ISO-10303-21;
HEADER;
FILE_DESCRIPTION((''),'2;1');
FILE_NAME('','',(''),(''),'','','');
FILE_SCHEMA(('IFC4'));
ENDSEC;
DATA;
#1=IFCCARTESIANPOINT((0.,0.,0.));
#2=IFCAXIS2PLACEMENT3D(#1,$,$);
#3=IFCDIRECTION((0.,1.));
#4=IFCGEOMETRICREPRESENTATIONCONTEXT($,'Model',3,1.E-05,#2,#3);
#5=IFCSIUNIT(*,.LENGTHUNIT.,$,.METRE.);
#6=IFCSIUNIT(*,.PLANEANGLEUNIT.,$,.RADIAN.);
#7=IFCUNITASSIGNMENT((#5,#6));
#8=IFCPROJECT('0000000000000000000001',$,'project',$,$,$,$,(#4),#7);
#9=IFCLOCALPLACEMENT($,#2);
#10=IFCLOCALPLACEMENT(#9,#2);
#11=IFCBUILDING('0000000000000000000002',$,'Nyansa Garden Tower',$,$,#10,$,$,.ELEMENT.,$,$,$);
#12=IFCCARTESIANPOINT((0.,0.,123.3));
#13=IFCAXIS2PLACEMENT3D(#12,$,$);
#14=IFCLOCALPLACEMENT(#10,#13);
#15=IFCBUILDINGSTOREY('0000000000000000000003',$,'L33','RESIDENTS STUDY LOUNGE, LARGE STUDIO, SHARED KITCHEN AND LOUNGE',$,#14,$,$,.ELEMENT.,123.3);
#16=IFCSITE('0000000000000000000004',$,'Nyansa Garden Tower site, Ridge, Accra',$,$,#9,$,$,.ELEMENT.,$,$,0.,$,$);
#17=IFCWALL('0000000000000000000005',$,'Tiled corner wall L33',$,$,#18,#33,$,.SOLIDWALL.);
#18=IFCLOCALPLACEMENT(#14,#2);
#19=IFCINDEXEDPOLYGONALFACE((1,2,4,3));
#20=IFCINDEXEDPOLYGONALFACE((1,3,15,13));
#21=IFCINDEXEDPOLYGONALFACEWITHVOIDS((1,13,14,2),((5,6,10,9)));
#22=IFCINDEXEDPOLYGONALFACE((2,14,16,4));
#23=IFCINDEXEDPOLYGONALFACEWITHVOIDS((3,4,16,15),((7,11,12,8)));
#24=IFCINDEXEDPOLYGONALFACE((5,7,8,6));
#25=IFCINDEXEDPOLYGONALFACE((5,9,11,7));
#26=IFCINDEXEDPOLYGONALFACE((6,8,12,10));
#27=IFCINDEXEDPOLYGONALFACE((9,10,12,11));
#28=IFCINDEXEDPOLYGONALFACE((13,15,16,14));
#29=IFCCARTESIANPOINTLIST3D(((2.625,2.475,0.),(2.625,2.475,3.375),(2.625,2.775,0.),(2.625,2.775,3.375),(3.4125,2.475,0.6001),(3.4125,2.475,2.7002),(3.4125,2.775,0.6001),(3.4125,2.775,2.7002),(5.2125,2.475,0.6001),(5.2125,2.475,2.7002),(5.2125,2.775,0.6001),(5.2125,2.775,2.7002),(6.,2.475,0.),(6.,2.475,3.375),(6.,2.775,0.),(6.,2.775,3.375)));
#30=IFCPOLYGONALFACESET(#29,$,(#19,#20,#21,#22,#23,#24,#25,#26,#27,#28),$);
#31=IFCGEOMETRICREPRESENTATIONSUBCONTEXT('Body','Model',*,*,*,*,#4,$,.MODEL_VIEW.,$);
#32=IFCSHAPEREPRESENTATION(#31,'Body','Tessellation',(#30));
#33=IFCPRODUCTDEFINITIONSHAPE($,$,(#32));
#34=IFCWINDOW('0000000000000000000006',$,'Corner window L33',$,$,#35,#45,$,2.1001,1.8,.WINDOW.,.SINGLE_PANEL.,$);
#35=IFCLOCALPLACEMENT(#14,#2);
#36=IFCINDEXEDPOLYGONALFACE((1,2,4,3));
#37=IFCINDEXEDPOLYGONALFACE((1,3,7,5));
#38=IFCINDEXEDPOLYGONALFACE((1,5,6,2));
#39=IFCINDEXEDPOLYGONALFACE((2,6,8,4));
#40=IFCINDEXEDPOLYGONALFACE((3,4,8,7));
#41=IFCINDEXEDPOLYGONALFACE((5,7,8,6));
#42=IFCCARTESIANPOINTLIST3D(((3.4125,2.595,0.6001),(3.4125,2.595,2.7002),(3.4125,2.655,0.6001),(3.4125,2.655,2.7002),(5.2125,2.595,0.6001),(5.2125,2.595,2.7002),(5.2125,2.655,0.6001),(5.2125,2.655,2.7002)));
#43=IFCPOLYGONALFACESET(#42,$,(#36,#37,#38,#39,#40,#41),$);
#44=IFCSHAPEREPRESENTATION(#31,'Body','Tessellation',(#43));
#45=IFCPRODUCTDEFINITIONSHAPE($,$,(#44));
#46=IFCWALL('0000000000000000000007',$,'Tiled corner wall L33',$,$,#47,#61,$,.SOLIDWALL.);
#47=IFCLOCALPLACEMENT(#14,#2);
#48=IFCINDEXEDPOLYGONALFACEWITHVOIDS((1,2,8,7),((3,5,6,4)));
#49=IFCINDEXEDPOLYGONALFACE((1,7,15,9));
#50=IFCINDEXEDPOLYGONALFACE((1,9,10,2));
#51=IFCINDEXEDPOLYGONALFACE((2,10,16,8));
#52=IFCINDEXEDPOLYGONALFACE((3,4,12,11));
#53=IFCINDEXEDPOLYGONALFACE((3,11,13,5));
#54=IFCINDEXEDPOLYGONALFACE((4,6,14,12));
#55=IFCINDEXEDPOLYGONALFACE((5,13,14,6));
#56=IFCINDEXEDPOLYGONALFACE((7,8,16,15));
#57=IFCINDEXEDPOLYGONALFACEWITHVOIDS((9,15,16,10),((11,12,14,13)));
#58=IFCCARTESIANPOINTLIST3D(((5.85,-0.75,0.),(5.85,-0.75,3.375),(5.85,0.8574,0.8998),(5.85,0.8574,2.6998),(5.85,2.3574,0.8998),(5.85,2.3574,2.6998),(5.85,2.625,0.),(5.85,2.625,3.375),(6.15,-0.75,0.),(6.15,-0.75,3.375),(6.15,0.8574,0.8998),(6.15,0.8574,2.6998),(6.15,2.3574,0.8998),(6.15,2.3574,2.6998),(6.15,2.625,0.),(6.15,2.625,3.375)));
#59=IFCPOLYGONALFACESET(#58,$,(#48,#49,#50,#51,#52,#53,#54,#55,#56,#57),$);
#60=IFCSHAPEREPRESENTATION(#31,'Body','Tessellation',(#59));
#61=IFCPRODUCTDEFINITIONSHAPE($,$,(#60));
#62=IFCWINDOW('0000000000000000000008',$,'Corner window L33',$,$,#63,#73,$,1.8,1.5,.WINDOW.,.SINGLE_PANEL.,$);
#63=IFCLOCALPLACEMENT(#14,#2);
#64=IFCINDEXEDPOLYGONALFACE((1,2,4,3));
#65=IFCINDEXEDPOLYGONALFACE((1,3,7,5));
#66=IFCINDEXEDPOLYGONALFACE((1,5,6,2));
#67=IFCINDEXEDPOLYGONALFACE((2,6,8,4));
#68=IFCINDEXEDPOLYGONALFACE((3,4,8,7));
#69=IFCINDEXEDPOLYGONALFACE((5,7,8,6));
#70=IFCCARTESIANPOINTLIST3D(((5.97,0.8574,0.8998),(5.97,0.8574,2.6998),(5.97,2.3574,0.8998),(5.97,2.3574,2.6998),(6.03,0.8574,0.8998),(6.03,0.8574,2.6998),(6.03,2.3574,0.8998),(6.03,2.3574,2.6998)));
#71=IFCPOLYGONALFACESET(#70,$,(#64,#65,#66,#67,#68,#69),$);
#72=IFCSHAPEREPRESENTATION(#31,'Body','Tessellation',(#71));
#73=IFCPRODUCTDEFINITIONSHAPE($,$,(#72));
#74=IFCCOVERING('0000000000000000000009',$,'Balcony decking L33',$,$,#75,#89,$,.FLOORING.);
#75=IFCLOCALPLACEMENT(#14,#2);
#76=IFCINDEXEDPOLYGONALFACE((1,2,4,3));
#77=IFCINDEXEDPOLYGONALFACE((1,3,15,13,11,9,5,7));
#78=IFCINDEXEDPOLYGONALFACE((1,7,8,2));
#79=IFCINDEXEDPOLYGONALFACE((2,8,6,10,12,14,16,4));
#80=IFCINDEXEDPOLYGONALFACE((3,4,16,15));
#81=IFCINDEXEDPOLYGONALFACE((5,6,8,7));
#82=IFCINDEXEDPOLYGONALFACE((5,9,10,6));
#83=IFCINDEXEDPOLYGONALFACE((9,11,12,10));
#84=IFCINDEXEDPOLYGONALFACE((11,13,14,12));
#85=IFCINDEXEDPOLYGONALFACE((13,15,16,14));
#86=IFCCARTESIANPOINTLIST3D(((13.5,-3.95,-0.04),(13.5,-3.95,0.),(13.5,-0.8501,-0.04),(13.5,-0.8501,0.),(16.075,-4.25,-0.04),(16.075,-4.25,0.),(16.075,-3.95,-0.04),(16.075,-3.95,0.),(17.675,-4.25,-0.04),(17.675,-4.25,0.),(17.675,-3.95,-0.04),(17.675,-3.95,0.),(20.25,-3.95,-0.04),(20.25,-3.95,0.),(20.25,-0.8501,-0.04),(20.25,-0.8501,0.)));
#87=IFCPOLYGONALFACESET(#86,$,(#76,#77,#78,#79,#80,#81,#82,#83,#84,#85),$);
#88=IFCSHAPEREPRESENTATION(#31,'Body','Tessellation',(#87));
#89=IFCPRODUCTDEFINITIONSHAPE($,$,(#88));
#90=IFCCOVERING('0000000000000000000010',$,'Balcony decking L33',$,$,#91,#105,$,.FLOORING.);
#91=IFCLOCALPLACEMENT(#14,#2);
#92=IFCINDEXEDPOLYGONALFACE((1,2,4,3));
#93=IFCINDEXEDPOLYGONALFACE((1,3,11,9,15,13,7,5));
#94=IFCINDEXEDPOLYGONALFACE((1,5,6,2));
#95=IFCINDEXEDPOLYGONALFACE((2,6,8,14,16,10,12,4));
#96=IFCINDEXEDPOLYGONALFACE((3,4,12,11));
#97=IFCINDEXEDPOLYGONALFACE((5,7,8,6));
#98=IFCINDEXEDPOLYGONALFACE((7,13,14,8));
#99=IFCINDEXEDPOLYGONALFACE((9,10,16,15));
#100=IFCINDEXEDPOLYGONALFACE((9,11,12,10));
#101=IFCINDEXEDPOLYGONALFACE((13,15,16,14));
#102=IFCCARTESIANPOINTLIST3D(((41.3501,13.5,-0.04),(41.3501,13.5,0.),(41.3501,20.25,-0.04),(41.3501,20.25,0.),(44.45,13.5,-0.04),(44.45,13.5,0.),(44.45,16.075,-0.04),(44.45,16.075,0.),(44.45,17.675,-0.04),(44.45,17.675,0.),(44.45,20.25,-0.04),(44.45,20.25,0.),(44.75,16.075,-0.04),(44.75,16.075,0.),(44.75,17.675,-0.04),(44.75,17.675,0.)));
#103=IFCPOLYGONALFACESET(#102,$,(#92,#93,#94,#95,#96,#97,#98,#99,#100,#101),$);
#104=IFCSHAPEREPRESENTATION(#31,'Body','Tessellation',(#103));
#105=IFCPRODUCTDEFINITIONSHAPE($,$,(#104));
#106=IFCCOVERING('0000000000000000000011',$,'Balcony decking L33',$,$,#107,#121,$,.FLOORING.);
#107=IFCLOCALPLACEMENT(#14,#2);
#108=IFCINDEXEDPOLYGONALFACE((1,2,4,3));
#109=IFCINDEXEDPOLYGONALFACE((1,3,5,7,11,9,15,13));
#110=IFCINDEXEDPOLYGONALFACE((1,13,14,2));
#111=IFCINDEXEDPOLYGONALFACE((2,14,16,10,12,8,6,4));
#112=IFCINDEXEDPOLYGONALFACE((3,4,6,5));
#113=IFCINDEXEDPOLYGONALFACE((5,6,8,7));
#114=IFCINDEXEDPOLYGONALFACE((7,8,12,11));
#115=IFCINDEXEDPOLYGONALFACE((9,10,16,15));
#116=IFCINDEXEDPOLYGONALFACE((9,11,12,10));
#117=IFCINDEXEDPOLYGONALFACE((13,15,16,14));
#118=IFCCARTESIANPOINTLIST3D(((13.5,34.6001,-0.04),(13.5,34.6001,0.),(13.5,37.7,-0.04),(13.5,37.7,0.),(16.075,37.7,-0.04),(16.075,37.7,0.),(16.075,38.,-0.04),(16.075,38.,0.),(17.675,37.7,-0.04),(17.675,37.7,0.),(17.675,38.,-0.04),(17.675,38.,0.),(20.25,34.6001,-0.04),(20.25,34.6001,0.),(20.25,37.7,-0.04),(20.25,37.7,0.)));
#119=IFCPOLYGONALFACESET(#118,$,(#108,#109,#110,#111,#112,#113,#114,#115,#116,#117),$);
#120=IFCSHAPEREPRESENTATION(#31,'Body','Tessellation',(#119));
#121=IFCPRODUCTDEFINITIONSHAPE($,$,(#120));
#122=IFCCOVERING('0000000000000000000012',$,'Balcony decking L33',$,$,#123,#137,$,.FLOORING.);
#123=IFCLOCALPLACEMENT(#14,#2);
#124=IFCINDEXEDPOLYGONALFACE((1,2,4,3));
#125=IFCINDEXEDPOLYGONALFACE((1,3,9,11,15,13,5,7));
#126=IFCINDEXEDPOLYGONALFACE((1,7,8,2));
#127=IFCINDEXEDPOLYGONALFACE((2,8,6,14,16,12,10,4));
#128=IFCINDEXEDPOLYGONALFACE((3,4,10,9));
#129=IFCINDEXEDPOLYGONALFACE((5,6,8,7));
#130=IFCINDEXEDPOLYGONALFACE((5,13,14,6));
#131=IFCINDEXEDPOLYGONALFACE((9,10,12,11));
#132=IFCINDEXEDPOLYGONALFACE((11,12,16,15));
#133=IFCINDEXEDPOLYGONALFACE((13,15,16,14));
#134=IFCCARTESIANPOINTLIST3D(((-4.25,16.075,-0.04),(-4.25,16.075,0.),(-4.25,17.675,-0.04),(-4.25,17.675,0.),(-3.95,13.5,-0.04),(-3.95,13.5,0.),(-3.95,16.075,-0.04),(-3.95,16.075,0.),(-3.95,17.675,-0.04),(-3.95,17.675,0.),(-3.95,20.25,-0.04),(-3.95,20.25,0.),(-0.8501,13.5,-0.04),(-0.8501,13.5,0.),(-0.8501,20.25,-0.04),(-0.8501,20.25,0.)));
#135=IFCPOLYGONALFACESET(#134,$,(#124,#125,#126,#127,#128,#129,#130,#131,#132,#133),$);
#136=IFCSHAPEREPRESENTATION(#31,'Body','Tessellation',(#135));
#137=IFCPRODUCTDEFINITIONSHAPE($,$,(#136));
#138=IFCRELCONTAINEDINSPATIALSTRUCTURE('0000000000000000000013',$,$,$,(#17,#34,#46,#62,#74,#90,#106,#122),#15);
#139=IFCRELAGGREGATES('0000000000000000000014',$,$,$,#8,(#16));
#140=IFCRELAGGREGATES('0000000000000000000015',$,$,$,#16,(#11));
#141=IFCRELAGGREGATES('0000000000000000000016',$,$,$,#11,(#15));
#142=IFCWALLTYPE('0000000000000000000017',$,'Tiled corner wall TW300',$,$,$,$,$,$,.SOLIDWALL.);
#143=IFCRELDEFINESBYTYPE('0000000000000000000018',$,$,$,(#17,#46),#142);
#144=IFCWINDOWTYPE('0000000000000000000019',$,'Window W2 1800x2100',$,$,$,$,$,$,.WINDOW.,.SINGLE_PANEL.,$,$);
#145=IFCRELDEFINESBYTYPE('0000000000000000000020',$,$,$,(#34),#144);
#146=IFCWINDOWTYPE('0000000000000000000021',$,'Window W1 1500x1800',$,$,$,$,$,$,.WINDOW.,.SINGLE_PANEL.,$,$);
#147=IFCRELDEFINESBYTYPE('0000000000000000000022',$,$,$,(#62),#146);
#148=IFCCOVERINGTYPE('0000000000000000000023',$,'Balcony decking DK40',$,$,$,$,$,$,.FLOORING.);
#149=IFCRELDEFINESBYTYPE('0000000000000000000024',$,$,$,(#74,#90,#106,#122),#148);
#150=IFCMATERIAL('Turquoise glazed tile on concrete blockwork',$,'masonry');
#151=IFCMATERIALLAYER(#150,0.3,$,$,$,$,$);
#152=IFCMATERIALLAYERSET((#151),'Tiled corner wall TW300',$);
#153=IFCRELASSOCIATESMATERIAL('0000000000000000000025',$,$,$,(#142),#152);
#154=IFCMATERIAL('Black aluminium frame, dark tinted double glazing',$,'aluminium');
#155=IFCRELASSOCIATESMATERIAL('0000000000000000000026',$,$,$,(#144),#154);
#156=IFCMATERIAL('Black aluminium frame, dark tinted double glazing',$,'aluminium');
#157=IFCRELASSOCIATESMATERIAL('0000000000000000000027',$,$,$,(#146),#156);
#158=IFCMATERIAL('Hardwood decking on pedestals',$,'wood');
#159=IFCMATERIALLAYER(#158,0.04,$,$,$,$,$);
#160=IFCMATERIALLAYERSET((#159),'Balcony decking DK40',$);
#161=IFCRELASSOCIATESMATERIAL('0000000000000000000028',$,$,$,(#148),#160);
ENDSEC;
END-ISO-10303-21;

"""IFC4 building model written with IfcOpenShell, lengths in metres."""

from ifc_helpers import new_model, si_unit, direction, frame, frame_2d, origin, place, context, subcontext, project, spatial, polyline, rectangle, outline, extrude, material, layer, layer_set, type_object, element, fill, save


model = new_model("IFC4")

# Units and contexts
model_context = context("Model", 3, precision=1e-05, world=origin(), true_north=direction((0.0, 1.0)))
body_context = subcontext(model_context, "Body", "Model", "MODEL_VIEW")
ifc_project = project(units=[si_unit("LENGTHUNIT", "METRE"), si_unit("PLANEANGLEUNIT", "RADIAN")], contexts=[model_context])

# Site, building, storey
site_placement = place(None, origin())
site = spatial("IfcSite", under=ifc_project, at=site_placement, Name="Nyansa Garden Tower site, Ridge, Accra", CompositionType="ELEMENT", RefElevation=0.0)
building_placement = place(site_placement, origin())
building = spatial("IfcBuilding", under=site, at=building_placement, Name="Nyansa Garden Tower", CompositionType="ELEMENT")
storey_placement = place(building_placement, frame((0.0, 0.0, 123.3)))
storey = spatial("IfcBuildingStorey", under=building, at=storey_placement, Name="L33", Description="RESIDENTS STUDY LOUNGE, LARGE STUDIO, SHARED KITCHEN AND LOUNGE", CompositionType="ELEMENT", Elevation=123.3)

# Walls, openings, windows
ifc_material_1 = material(Name="Turquoise glazed tile on concrete blockwork", Category="masonry")
ifc_layer_1 = layer(ifc_material_1, 0.3)
ifc_layer_set_1 = layer_set([ifc_layer_1], Name="Tiled corner wall TW300")
wall_type = type_object("IfcWallType", Name="Tiled corner wall TW300", PredefinedType="SOLIDWALL", material=ifc_layer_set_1)
wall_1_placement = place(storey_placement, frame((2.625, 2.625, 0.0), z_axis=(0.0, 0.0, 1.0), x_axis=(1.0, 0.0, 0.0)))
wall_1 = element("IfcWall", 1, at=wall_1_placement, inside=storey, type_object=wall_type, Name="Tiled corner wall L33", PredefinedType="SOLIDWALL", context=body_context, shape_type="SweptSolid", body=[
    extrude(rectangle(XDim=3.375, YDim=0.3, at=frame_2d((1.6875, 0.0))), origin(), (0.0, 0.0, 1.0), 3.375),
])
opening_1_placement = place(wall_1_placement, frame((0.7876, 0.0, 0.6001)))
opening_1 = element("IfcOpeningElement", 2, at=opening_1_placement, cuts=wall_1, PredefinedType="OPENING", context=body_context, shape_type="SweptSolid", body=[
    extrude(rectangle(XDim=1.8, YDim=2.1001, at=frame_2d((0.8999, 1.05))), frame((0.0, 0.1599, 0.0), z_axis=(0.0, -1.0, 0.0), x_axis=(1.0, 0.0, 0.0)), (0.0, 0.0, 1.0), 0.3201),
])
ifc_material_2 = material(Name="Black aluminium frame, dark tinted double glazing", Category="aluminium")
window_type_1 = type_object("IfcWindowType", Name="Window W2 1800x2100", PartitioningType="SINGLE_PANEL", PredefinedType="WINDOW", material=ifc_material_2)
window_1_placement = place(opening_1_placement, origin())
window_1 = element("IfcWindow", 3, at=window_1_placement, inside=storey, type_object=window_type_1, Name="Corner window L33", OverallHeight=2.1001, OverallWidth=1.8, PartitioningType="SINGLE_PANEL", PredefinedType="WINDOW", context=body_context, shape_type="SweptSolid", body=[
    extrude(rectangle(XDim=1.8, YDim=2.1001, at=frame_2d((0.8999, 1.05))), frame((0.0, 0.03, 0.0), z_axis=(0.0, -1.0, 0.0), x_axis=(1.0, 0.0, 0.0)), (0.0, 0.0, 1.0), 0.0601),
])
fill(opening_1, window_1)
wall_2_placement = place(storey_placement, frame((6.0, 2.625, 0.0), z_axis=(0.0, 0.0, 1.0), x_axis=(0.0, -1.0, 0.0)))
wall_2 = element("IfcWall", 4, at=wall_2_placement, inside=storey, type_object=wall_type, Name="Tiled corner wall L33", PredefinedType="SOLIDWALL", context=body_context, shape_type="SweptSolid", body=[
    extrude(rectangle(XDim=3.375, YDim=0.3, at=frame_2d((1.6875, 0.0))), origin(), (0.0, 0.0, 1.0), 3.375),
])
opening_2_placement = place(wall_2_placement, frame((0.2676, 0.0, 0.8999)))
opening_2 = element("IfcOpeningElement", 5, at=opening_2_placement, cuts=wall_2, PredefinedType="OPENING", context=body_context, shape_type="SweptSolid", body=[
    extrude(rectangle(XDim=1.5, YDim=1.8, at=frame_2d((0.75, 0.8999))), frame((0.0, 0.1599, 0.0), z_axis=(0.0, -1.0, 0.0), x_axis=(1.0, 0.0, 0.0)), (0.0, 0.0, 1.0), 0.3201),
])
ifc_material_3 = material(Name="Black aluminium frame, dark tinted double glazing", Category="aluminium")
window_type_2 = type_object("IfcWindowType", Name="Window W1 1500x1800", PartitioningType="SINGLE_PANEL", PredefinedType="WINDOW", material=ifc_material_3)
window_2_placement = place(opening_2_placement, origin())
window_2 = element("IfcWindow", 6, at=window_2_placement, inside=storey, type_object=window_type_2, Name="Corner window L33", OverallHeight=1.8, OverallWidth=1.5, PartitioningType="SINGLE_PANEL", PredefinedType="WINDOW", context=body_context, shape_type="SweptSolid", body=[
    extrude(rectangle(XDim=1.5, YDim=1.8, at=frame_2d((0.75, 0.8999))), frame((0.0, 0.03, 0.0), z_axis=(0.0, -1.0, 0.0), x_axis=(1.0, 0.0, 0.0)), (0.0, 0.0, 1.0), 0.0601),
])
fill(opening_2, window_2)

# Coverings
ifc_material_4 = material(Name="Hardwood decking on pedestals", Category="wood")
ifc_layer_2 = layer(ifc_material_4, 0.04)
ifc_layer_set_2 = layer_set([ifc_layer_2], Name="Balcony decking DK40")
covering_type = type_object("IfcCoveringType", Name="Balcony decking DK40", PredefinedType="FLOORING", material=ifc_layer_set_2)
covering_1_placement = place(storey_placement, frame((0.0, 0.0, -0.04)))
element("IfcCovering", 7, at=covering_1_placement, inside=storey, type_object=covering_type, Name="Balcony decking L33", PredefinedType="FLOORING", context=body_context, shape_type="SweptSolid", body=[
    extrude(outline(polyline([(13.5, -0.8501), (20.25, -0.8501), (20.25, -3.95), (17.675, -3.95), (17.675, -4.25), (16.075, -4.25), (16.075, -3.95), (13.5, -3.95), (13.5, -0.8501)])), origin(), (0.0, 0.0, 1.0), 0.04),
])
covering_2_placement = place(storey_placement, frame((0.0, 0.0, -0.04)))
element("IfcCovering", 8, at=covering_2_placement, inside=storey, type_object=covering_type, Name="Balcony decking L33", PredefinedType="FLOORING", context=body_context, shape_type="SweptSolid", body=[
    extrude(outline(polyline([(41.3501, 13.5), (41.3501, 20.25), (44.45, 20.25), (44.45, 17.675), (44.75, 17.675), (44.75, 16.075), (44.45, 16.075), (44.45, 13.5), (41.3501, 13.5)])), origin(), (0.0, 0.0, 1.0), 0.04),
])
covering_3_placement = place(storey_placement, frame((0.0, 0.0, -0.04)))
element("IfcCovering", 9, at=covering_3_placement, inside=storey, type_object=covering_type, Name="Balcony decking L33", PredefinedType="FLOORING", context=body_context, shape_type="SweptSolid", body=[
    extrude(outline(polyline([(13.5, 34.6001), (20.25, 34.6001), (20.25, 37.7), (17.675, 37.7), (17.675, 38.0), (16.075, 38.0), (16.075, 37.7), (13.5, 37.7), (13.5, 34.6001)])), origin(), (0.0, 0.0, 1.0), 0.04),
])
covering_4_placement = place(storey_placement, frame((0.0, 0.0, -0.04)))
element("IfcCovering", 10, at=covering_4_placement, inside=storey, type_object=covering_type, Name="Balcony decking L33", PredefinedType="FLOORING", context=body_context, shape_type="SweptSolid", body=[
    extrude(outline(polyline([(-0.8501, 13.5), (-0.8501, 20.25), (-3.95, 20.25), (-3.95, 17.675), (-4.25, 17.675), (-4.25, 16.075), (-3.95, 16.075), (-3.95, 13.5), (-0.8501, 13.5)])), origin(), (0.0, 0.0, 1.0), 0.04),
])

save(model, "model.ifc")
